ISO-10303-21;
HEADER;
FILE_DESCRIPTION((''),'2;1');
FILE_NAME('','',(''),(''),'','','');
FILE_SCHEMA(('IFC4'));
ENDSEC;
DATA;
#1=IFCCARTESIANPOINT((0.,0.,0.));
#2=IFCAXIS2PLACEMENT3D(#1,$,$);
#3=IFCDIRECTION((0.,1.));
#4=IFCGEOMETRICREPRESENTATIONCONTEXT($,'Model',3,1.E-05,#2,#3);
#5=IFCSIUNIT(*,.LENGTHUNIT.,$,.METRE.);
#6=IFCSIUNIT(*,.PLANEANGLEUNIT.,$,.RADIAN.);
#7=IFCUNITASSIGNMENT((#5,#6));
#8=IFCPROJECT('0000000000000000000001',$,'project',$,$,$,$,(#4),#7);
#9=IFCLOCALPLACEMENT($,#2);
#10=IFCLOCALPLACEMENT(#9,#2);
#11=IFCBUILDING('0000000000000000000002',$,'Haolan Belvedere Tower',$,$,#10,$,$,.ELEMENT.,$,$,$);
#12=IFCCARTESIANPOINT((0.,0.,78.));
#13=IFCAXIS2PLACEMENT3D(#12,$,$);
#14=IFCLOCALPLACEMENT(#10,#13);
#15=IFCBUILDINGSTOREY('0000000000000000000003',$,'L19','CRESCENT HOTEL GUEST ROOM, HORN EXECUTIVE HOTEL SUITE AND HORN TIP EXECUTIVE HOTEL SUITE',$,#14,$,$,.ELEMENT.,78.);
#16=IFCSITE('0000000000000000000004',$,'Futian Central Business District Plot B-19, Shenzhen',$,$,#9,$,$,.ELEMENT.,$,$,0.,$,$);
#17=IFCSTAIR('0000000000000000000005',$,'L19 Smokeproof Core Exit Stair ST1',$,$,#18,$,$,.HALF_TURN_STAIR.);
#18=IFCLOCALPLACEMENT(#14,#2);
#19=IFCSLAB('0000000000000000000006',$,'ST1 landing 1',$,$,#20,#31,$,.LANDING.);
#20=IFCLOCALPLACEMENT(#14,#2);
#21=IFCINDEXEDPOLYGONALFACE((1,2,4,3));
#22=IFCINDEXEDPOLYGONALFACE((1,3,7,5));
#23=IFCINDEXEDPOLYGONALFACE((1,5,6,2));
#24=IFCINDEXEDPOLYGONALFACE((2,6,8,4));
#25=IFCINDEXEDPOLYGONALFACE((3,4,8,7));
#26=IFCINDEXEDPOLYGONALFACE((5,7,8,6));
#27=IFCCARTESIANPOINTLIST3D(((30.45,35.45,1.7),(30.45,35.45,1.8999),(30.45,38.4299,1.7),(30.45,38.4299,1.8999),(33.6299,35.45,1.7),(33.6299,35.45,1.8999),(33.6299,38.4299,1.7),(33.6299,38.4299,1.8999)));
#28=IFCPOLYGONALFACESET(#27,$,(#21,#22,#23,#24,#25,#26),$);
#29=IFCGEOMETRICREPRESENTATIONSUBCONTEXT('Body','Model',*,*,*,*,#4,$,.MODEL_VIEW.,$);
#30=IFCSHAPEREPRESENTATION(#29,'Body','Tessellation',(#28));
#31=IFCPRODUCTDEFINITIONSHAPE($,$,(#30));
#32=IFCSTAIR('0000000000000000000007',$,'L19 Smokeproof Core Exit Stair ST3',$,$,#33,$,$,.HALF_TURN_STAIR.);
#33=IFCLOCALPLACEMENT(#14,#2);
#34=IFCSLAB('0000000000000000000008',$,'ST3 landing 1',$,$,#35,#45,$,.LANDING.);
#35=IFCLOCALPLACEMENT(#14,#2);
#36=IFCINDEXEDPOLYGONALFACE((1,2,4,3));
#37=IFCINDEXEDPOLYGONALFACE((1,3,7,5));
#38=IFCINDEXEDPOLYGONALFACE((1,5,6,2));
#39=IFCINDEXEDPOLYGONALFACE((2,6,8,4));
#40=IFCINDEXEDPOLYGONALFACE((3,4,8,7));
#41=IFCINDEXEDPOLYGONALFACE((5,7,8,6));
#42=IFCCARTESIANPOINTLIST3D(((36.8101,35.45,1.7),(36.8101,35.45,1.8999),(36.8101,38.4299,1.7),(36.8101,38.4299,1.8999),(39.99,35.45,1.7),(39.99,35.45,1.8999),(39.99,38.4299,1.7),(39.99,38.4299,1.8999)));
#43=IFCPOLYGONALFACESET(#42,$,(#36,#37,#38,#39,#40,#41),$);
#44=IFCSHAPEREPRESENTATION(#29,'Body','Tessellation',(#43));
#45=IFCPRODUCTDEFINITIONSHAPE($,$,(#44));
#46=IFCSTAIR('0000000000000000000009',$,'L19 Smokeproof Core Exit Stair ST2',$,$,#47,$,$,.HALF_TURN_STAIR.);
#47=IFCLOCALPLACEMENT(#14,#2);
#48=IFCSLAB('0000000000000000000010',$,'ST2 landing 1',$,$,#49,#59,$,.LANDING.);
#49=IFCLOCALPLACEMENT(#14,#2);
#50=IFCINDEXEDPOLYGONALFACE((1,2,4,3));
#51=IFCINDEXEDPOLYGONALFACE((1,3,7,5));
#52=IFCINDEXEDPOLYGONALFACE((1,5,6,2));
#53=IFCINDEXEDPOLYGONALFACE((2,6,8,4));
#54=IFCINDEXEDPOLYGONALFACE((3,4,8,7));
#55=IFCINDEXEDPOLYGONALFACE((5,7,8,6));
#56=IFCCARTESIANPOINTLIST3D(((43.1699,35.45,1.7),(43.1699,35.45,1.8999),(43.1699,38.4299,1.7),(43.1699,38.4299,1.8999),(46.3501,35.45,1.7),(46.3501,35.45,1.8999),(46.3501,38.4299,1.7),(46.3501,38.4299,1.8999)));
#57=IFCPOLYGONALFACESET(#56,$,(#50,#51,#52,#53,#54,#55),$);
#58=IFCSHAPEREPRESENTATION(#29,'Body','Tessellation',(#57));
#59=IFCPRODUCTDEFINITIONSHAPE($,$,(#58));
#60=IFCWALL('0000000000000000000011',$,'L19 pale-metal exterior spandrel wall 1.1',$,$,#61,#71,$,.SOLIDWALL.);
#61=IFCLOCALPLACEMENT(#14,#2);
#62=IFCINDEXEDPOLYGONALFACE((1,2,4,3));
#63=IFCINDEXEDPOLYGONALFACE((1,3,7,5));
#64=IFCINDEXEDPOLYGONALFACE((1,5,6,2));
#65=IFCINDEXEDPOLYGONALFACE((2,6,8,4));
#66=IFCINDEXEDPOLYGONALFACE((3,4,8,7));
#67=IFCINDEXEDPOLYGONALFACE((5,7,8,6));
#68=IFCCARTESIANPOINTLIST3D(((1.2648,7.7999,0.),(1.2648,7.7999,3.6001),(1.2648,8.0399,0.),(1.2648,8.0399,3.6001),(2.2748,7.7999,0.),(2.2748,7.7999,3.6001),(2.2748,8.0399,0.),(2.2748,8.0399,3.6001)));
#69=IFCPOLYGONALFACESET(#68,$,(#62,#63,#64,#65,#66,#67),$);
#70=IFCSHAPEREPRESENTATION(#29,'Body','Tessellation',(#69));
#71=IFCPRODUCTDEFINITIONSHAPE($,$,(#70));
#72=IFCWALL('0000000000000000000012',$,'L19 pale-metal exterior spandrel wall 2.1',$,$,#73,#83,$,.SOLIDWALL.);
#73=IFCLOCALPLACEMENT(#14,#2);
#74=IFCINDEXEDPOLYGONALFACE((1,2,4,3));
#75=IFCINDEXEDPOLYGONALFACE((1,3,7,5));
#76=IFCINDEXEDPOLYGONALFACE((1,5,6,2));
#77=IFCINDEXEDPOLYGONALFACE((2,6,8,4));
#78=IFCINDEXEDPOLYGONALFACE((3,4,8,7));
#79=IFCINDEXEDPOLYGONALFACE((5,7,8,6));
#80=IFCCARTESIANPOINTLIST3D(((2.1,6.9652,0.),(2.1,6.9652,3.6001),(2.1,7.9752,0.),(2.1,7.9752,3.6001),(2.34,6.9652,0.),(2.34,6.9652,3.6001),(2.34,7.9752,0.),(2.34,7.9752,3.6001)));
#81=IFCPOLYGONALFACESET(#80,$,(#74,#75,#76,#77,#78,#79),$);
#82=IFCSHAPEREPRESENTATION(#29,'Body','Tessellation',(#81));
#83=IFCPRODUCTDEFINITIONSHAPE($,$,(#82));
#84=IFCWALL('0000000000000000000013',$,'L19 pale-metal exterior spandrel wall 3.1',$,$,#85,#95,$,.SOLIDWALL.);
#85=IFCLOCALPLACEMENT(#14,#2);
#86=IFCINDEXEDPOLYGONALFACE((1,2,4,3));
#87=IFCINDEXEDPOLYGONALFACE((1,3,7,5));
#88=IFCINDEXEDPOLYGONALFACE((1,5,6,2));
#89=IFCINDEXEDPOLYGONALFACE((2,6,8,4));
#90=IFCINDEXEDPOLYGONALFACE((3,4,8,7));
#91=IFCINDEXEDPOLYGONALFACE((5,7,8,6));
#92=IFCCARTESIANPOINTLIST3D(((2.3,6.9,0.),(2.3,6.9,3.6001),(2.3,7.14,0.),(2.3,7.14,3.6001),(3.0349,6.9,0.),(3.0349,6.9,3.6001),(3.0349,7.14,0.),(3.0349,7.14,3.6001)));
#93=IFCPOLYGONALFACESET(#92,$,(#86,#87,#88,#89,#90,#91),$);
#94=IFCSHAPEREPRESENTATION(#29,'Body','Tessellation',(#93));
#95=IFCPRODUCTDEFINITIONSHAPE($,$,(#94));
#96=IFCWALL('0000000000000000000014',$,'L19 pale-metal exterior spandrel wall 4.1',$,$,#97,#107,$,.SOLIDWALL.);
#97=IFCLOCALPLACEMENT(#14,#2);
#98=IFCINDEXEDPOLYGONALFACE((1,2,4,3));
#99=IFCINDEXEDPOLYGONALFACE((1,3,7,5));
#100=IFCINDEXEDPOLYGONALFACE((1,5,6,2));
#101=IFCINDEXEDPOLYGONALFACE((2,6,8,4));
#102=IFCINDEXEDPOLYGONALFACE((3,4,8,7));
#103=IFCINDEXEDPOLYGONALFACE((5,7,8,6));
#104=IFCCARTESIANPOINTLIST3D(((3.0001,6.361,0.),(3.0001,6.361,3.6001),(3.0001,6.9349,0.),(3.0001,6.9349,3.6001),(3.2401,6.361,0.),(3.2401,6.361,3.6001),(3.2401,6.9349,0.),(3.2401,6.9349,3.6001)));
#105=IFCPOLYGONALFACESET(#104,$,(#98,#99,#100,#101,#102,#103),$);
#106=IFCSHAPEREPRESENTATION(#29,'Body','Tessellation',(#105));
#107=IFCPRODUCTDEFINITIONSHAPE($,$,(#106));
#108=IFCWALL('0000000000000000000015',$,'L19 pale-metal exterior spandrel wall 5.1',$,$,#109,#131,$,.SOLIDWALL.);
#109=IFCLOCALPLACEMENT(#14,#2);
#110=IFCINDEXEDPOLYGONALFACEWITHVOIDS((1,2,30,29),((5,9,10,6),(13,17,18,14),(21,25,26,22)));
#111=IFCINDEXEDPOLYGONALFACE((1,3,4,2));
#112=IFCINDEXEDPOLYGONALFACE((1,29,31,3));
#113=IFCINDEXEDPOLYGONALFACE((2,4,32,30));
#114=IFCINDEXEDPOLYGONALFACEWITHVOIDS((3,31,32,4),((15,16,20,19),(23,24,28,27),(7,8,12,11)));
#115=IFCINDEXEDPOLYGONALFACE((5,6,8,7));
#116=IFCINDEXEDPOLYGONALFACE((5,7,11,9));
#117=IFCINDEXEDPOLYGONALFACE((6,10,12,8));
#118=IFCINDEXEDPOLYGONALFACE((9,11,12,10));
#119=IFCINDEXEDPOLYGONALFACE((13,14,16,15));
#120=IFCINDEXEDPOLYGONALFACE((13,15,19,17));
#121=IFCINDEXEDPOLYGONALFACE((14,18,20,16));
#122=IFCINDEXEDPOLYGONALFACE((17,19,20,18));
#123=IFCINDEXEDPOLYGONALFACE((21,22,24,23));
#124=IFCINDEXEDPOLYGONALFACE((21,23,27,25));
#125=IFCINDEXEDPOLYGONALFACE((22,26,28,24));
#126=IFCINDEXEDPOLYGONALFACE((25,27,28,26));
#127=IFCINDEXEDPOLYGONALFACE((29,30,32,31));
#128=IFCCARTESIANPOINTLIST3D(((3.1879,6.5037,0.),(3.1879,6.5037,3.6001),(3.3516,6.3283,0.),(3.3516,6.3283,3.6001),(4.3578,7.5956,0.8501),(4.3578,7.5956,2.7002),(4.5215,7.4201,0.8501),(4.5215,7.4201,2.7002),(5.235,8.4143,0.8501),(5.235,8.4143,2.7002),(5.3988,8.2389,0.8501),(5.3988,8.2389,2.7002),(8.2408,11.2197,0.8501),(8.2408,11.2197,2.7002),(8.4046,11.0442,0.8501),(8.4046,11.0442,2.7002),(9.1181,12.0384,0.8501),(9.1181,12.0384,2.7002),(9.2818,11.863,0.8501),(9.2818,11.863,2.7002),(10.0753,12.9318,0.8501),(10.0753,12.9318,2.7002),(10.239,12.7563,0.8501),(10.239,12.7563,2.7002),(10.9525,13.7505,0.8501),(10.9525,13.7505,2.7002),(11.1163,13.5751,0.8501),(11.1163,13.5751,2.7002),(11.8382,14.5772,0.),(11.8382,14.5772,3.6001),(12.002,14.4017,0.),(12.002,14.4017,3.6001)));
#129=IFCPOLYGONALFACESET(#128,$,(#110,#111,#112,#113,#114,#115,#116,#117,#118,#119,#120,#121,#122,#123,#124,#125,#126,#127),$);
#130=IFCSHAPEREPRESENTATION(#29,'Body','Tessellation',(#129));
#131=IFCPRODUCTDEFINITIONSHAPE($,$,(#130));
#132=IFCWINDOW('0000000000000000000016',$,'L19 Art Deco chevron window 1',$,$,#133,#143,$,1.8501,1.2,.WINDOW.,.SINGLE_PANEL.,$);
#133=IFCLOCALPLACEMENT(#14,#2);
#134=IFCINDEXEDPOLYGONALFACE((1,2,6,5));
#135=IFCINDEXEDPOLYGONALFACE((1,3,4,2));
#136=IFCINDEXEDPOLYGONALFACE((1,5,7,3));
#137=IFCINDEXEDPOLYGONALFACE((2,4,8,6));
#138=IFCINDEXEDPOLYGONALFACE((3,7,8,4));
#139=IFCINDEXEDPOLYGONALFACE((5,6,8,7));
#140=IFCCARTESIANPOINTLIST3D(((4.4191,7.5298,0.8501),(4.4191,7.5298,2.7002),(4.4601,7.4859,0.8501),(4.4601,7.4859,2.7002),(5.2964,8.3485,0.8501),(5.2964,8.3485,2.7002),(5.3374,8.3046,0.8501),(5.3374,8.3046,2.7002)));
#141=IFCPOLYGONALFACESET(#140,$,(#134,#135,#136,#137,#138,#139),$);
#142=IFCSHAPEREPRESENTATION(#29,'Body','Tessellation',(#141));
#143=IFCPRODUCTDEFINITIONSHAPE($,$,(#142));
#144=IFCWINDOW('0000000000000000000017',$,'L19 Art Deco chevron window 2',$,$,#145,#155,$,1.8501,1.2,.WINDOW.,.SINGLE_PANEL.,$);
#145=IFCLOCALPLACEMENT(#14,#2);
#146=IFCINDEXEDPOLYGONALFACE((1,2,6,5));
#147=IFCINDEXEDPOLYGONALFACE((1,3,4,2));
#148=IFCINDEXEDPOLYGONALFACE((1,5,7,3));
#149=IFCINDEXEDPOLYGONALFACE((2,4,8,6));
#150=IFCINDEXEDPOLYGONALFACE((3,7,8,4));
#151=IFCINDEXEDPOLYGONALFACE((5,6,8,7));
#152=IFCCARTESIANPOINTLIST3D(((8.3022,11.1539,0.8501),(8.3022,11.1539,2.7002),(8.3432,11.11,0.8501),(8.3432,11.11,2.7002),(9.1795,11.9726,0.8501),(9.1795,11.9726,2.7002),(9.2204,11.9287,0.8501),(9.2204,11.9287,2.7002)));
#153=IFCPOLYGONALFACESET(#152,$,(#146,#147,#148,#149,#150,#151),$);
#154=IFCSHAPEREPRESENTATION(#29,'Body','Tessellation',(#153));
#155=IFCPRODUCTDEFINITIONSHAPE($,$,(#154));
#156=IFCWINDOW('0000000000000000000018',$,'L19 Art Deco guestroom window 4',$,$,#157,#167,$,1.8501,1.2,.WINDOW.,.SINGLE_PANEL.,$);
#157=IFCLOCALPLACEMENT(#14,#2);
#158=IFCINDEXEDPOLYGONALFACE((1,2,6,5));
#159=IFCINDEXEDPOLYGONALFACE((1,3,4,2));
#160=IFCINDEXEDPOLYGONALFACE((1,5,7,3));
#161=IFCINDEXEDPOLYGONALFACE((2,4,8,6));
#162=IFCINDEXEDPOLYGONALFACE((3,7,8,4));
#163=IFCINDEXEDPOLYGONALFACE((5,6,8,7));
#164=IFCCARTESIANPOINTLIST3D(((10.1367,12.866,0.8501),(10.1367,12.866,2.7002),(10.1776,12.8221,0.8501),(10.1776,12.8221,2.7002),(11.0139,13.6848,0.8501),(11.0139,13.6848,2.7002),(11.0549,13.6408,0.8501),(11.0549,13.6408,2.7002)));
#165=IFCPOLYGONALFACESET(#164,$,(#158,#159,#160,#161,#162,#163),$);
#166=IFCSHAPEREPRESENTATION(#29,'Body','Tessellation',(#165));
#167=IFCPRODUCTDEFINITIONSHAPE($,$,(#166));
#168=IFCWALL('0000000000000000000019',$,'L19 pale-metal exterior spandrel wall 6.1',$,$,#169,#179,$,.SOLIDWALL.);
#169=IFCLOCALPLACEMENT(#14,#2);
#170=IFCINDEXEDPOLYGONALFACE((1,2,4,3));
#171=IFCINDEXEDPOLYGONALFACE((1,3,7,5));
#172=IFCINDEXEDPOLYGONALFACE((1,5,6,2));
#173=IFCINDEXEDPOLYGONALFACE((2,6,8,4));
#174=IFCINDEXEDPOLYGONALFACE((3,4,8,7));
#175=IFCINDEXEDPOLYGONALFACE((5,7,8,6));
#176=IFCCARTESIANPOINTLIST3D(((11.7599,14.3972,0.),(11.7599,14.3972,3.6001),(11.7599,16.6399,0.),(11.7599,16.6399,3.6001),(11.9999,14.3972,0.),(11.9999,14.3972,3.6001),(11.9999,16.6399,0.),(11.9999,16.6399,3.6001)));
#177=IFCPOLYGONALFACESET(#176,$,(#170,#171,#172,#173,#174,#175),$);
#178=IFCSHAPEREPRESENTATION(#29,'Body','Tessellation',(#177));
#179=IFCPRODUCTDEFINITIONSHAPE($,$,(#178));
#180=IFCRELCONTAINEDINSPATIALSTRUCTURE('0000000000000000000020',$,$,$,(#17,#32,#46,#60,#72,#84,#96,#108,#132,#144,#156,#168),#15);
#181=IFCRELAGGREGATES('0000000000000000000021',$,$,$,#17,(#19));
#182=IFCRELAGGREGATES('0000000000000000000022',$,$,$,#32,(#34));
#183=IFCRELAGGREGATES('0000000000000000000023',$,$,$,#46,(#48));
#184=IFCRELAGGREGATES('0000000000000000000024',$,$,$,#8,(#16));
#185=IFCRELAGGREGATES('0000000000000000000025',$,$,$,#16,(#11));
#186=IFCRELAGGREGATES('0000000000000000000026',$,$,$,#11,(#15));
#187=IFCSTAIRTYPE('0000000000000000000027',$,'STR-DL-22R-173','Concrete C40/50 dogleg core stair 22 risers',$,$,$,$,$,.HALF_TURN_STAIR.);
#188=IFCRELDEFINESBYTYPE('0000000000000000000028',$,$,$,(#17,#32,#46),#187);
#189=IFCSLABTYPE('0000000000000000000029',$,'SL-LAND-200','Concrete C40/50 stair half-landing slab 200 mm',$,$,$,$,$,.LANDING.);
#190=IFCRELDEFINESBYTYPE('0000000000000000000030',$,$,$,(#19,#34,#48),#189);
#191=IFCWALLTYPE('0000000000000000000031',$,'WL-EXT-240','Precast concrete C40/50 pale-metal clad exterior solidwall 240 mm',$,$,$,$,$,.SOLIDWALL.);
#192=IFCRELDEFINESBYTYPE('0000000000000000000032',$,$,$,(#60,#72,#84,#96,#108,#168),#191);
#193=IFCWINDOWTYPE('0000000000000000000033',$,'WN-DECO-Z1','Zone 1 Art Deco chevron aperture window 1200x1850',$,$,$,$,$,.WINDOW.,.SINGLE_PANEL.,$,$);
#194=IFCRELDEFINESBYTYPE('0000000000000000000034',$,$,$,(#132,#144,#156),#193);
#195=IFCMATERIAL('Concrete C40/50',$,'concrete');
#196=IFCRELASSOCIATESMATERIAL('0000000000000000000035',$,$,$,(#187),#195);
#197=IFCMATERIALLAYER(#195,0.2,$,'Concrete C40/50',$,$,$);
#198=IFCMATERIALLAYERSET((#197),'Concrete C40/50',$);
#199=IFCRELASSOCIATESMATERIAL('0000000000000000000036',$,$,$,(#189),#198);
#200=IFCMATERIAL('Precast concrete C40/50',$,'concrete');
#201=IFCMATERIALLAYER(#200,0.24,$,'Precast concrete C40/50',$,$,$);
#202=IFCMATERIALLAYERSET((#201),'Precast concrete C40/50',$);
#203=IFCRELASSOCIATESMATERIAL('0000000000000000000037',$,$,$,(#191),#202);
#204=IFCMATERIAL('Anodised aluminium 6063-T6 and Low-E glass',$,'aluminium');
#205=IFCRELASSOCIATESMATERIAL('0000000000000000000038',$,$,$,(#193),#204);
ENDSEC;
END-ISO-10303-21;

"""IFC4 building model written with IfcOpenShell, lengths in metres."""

from ifc_helpers import new_model, si_unit, direction, frame, frame_2d, origin, place, context, subcontext, project, spatial, polyline, rectangle, outline, extrude, material, layer, layer_set, type_object, element, fill, aggregate, save


model = new_model("IFC4")

# Units and contexts
model_context = context("Model", 3, precision=1e-05, world=origin(), true_north=direction((0.0, 1.0)))
body_context = subcontext(model_context, "Body", "Model", "MODEL_VIEW")
ifc_project = project(units=[si_unit("LENGTHUNIT", "METRE"), si_unit("PLANEANGLEUNIT", "RADIAN")], contexts=[model_context])

# Site, building, storey
site_placement = place(None, origin())
site = spatial("IfcSite", under=ifc_project, at=site_placement, Name="Futian Central Business District Plot B-19, Shenzhen", CompositionType="ELEMENT", RefElevation=0.0)
building_placement = place(site_placement, origin())
building = spatial("IfcBuilding", under=site, at=building_placement, Name="Haolan Belvedere Tower", CompositionType="ELEMENT")
storey_placement = place(building_placement, frame((0.0, 0.0, 78.0)))
storey = spatial("IfcBuildingStorey", under=building, at=storey_placement, Name="L19", Description="CRESCENT HOTEL GUEST ROOM, HORN EXECUTIVE HOTEL SUITE AND HORN TIP EXECUTIVE HOTEL SUITE", CompositionType="ELEMENT", Elevation=78.0)

# Shared definitions
ifc_material_1 = material(Name="Concrete C40/50", Category="concrete")

# Stairs, slabs
stair_type = type_object("IfcStairType", Name="STR-DL-22R-173", Description="Concrete C40/50 dogleg core stair 22 risers", PredefinedType="HALF_TURN_STAIR", material=ifc_material_1)
stair_1_placement = place(storey_placement, origin())
stair_1 = element("IfcStair", 1, at=stair_1_placement, inside=storey, type_object=stair_type, Name="L19 Smokeproof Core Exit Stair ST1", PredefinedType="HALF_TURN_STAIR")
ifc_layer_1 = layer(ifc_material_1, 0.2, Name="Concrete C40/50")
ifc_layer_set_1 = layer_set([ifc_layer_1], Name="Concrete C40/50")
slab_type_1 = type_object("IfcSlabType", Name="SL-LAND-200", Description="Concrete C40/50 stair half-landing slab 200 mm", PredefinedType="LANDING", material=ifc_layer_set_1)
slab_1_placement = place(storey_placement, frame((0.0, 0.0, 1.7)))
slab_1 = element("IfcSlab", 2, at=slab_1_placement, type_object=slab_type_1, Name="ST1 landing 1", PredefinedType="LANDING", context=body_context, shape_type="SweptSolid", body=[
    extrude(outline(polyline([(30.45, 38.4299), (30.45, 35.45), (33.6299, 35.45), (33.6299, 38.4299), (30.45, 38.4299)])), origin(), (0.0, 0.0, 1.0), 0.2),
])
aggregate(stair_1, [slab_1])
stair_2_placement = place(storey_placement, origin())
stair_2 = element("IfcStair", 3, at=stair_2_placement, inside=storey, type_object=stair_type, Name="L19 Smokeproof Core Exit Stair ST3", PredefinedType="HALF_TURN_STAIR")
slab_2_placement = place(storey_placement, frame((0.0, 0.0, 1.7)))
slab_2 = element("IfcSlab", 4, at=slab_2_placement, type_object=slab_type_1, Name="ST3 landing 1", PredefinedType="LANDING", context=body_context, shape_type="SweptSolid", body=[
    extrude(outline(polyline([(36.8101, 38.4299), (36.8101, 35.45), (39.99, 35.45), (39.99, 38.4299), (36.8101, 38.4299)])), origin(), (0.0, 0.0, 1.0), 0.2),
])
aggregate(stair_2, [slab_2])
stair_3_placement = place(storey_placement, origin())
stair_3 = element("IfcStair", 5, at=stair_3_placement, inside=storey, type_object=stair_type, Name="L19 Smokeproof Core Exit Stair ST2", PredefinedType="HALF_TURN_STAIR")
slab_3_placement = place(storey_placement, frame((0.0, 0.0, 1.7)))
slab_3 = element("IfcSlab", 6, at=slab_3_placement, type_object=slab_type_1, Name="ST2 landing 1", PredefinedType="LANDING", context=body_context, shape_type="SweptSolid", body=[
    extrude(outline(polyline([(43.1699, 38.4299), (43.1699, 35.45), (46.3501, 35.45), (46.3501, 38.4299), (43.1699, 38.4299)])), origin(), (0.0, 0.0, 1.0), 0.2),
])
aggregate(stair_3, [slab_3])

# Walls
ifc_material_2 = material(Name="Precast concrete C40/50", Category="concrete")
ifc_layer_2 = layer(ifc_material_2, 0.24, Name="Precast concrete C40/50")
ifc_layer_set_2 = layer_set([ifc_layer_2], Name="Precast concrete C40/50")
wall_type_1 = type_object("IfcWallType", Name="WL-EXT-240", Description="Precast concrete C40/50 pale-metal clad exterior solidwall 240 mm", PredefinedType="SOLIDWALL", material=ifc_layer_set_2)
for number, where, z_axis, x_axis, name in (
    (7, (1.2649, 7.9199, 0.0), (0.0, 0.0, 1.0), (1.0, 0.0, 0.0), "L19 pale-metal exterior spandrel wall 1.1"),
    (8, (2.22, 7.9751, 0.0), (0.0, 0.0, 1.0), (0.0, -1.0, 0.0), "L19 pale-metal exterior spandrel wall 2.1"),
):
    element("IfcWall", number, at=place(storey_placement, frame(where, z_axis=z_axis, x_axis=x_axis)), inside=storey, type_object=wall_type_1, Name=name, PredefinedType="SOLIDWALL", context=body_context, shape_type="SweptSolid", body=[
        extrude(rectangle(XDim=1.01, YDim=0.24, at=frame_2d((0.5049, 0.0))), origin(), (0.0, 0.0, 1.0), 3.6001),
    ])
wall_1_placement = place(storey_placement, frame((2.3, 7.02, 0.0), z_axis=(0.0, 0.0, 1.0), x_axis=(1.0, 0.0, 0.0)))
element("IfcWall", 9, at=wall_1_placement, inside=storey, type_object=wall_type_1, Name="L19 pale-metal exterior spandrel wall 3.1", PredefinedType="SOLIDWALL", context=body_context, shape_type="SweptSolid", body=[
    extrude(rectangle(XDim=0.7349, YDim=0.24, at=frame_2d((0.3674, 0.0))), origin(), (0.0, 0.0, 1.0), 3.6001),
])
wall_2_placement = place(storey_placement, frame((3.1201, 6.9351, 0.0), z_axis=(0.0, 0.0, 1.0), x_axis=(0.0, -1.0, 0.0)))
element("IfcWall", 10, at=wall_2_placement, inside=storey, type_object=wall_type_1, Name="L19 pale-metal exterior spandrel wall 4.1", PredefinedType="SOLIDWALL", context=body_context, shape_type="SweptSolid", body=[
    extrude(rectangle(XDim=0.574, YDim=0.24, at=frame_2d((0.2871, 0.0))), origin(), (0.0, 0.0, 1.0), 3.6001),
])

# Wall, openings, windows
wall_3_placement = place(storey_placement, frame((3.2698, 6.416, 0.0), z_axis=(0.0, 0.0, 1.0), x_axis=(0.731064, 0.682309, 0.0)))
wall_3 = element("IfcWall", 11, at=wall_3_placement, inside=storey, type_object=wall_type_1, Name="L19 pale-metal exterior spandrel wall 5.1", PredefinedType="SOLIDWALL", context=body_context, shape_type="SweptSolid", body=[
    extrude(rectangle(XDim=11.8325, YDim=0.24, at=frame_2d((5.9163, 0.0))), origin(), (0.0, 0.0, 1.0), 3.6001),
])
opening_1_placement = place(wall_3_placement, frame((1.6001, 0.0, 0.8501)))
opening_1 = element("IfcOpeningElement", 12, at=opening_1_placement, cuts=wall_3, PredefinedType="OPENING", context=body_context, shape_type="SweptSolid", body=[
    extrude(rectangle(XDim=1.2, YDim=1.8501, at=frame_2d((0.6001, 0.925))), frame((0.0, 0.1299, 0.0), z_axis=(0.0, -1.0, 0.0), x_axis=(1.0, 0.0, 0.0)), (0.0, 0.0, 1.0), 0.26),
])
opening_2_placement = place(wall_3_placement, frame((6.9116, 0.0, 0.8501)))
opening_2 = element("IfcOpeningElement", 13, at=opening_2_placement, cuts=wall_3, PredefinedType="OPENING", context=body_context, shape_type="SweptSolid", body=[
    extrude(rectangle(XDim=1.2, YDim=1.8501, at=frame_2d((0.6001, 0.925))), frame((0.0, 0.1299, 0.0), z_axis=(0.0, -1.0, 0.0), x_axis=(1.0, 0.0, 0.0)), (0.0, 0.0, 1.0), 0.26),
])
opening_3_placement = place(wall_3_placement, frame((9.4209, 0.0, 0.8501)))
opening_3 = element("IfcOpeningElement", 14, at=opening_3_placement, cuts=wall_3, PredefinedType="OPENING", context=body_context, shape_type="SweptSolid", body=[
    extrude(rectangle(XDim=1.2, YDim=1.8501, at=frame_2d((0.6001, 0.925))), frame((0.0, 0.1299, 0.0), z_axis=(0.0, -1.0, 0.0), x_axis=(1.0, 0.0, 0.0)), (0.0, 0.0, 1.0), 0.26),
])
ifc_material_3 = material(Name="Anodised aluminium 6063-T6 and Low-E glass", Category="aluminium")
window_type = type_object("IfcWindowType", Name="WN-DECO-Z1", Description="Zone 1 Art Deco chevron aperture window 1200x1850", PartitioningType="SINGLE_PANEL", PredefinedType="WINDOW", material=ifc_material_3)
window_1_placement = place(opening_1_placement, origin())
window_1 = element("IfcWindow", 15, at=window_1_placement, inside=storey, type_object=window_type, Name="L19 Art Deco chevron window 1", OverallHeight=1.8501, OverallWidth=1.2, PartitioningType="SINGLE_PANEL", PredefinedType="WINDOW", context=body_context, shape_type="SweptSolid", body=[
    extrude(rectangle(XDim=1.2, YDim=1.8501, at=frame_2d((0.6001, 0.925))), frame((0.0, 0.03, 0.0), z_axis=(0.0, -1.0, 0.0), x_axis=(1.0, 0.0, 0.0)), (0.0, 0.0, 1.0), 0.0601),
])
fill(opening_1, window_1)
window_2_placement = place(opening_2_placement, origin())
window_2 = element("IfcWindow", 16, at=window_2_placement, inside=storey, type_object=window_type, Name="L19 Art Deco chevron window 2", OverallHeight=1.8501, OverallWidth=1.2, PartitioningType="SINGLE_PANEL", PredefinedType="WINDOW", context=body_context, shape_type="SweptSolid", body=[
    extrude(rectangle(XDim=1.2, YDim=1.8501, at=frame_2d((0.6001, 0.925))), frame((0.0, 0.03, 0.0), z_axis=(0.0, -1.0, 0.0), x_axis=(1.0, 0.0, 0.0)), (0.0, 0.0, 1.0), 0.0601),
])
fill(opening_2, window_2)
window_3_placement = place(opening_3_placement, origin())
window_3 = element("IfcWindow", 17, at=window_3_placement, inside=storey, type_object=window_type, Name="L19 Art Deco guestroom window 4", OverallHeight=1.8501, OverallWidth=1.2, PartitioningType="SINGLE_PANEL", PredefinedType="WINDOW", context=body_context, shape_type="SweptSolid", body=[
    extrude(rectangle(XDim=1.2, YDim=1.8501, at=frame_2d((0.6001, 0.925))), frame((0.0, 0.03, 0.0), z_axis=(0.0, -1.0, 0.0), x_axis=(1.0, 0.0, 0.0)), (0.0, 0.0, 1.0), 0.0601),
])
fill(opening_3, window_3)

# Wall
wall_4_placement = place(storey_placement, frame((11.8799, 14.3972, 0.0), z_axis=(0.0, 0.0, 1.0), x_axis=(0.0, 1.0, 0.0)))
element("IfcWall", 18, at=wall_4_placement, inside=storey, type_object=wall_type_1, Name="L19 pale-metal exterior spandrel wall 6.1", PredefinedType="SOLIDWALL", context=body_context, shape_type="SweptSolid", body=[
    extrude(rectangle(XDim=2.2427, YDim=0.24, at=frame_2d((1.1213, 0.0))), origin(), (0.0, 0.0, 1.0), 3.6001),
])

save(model, "model.ifc")
